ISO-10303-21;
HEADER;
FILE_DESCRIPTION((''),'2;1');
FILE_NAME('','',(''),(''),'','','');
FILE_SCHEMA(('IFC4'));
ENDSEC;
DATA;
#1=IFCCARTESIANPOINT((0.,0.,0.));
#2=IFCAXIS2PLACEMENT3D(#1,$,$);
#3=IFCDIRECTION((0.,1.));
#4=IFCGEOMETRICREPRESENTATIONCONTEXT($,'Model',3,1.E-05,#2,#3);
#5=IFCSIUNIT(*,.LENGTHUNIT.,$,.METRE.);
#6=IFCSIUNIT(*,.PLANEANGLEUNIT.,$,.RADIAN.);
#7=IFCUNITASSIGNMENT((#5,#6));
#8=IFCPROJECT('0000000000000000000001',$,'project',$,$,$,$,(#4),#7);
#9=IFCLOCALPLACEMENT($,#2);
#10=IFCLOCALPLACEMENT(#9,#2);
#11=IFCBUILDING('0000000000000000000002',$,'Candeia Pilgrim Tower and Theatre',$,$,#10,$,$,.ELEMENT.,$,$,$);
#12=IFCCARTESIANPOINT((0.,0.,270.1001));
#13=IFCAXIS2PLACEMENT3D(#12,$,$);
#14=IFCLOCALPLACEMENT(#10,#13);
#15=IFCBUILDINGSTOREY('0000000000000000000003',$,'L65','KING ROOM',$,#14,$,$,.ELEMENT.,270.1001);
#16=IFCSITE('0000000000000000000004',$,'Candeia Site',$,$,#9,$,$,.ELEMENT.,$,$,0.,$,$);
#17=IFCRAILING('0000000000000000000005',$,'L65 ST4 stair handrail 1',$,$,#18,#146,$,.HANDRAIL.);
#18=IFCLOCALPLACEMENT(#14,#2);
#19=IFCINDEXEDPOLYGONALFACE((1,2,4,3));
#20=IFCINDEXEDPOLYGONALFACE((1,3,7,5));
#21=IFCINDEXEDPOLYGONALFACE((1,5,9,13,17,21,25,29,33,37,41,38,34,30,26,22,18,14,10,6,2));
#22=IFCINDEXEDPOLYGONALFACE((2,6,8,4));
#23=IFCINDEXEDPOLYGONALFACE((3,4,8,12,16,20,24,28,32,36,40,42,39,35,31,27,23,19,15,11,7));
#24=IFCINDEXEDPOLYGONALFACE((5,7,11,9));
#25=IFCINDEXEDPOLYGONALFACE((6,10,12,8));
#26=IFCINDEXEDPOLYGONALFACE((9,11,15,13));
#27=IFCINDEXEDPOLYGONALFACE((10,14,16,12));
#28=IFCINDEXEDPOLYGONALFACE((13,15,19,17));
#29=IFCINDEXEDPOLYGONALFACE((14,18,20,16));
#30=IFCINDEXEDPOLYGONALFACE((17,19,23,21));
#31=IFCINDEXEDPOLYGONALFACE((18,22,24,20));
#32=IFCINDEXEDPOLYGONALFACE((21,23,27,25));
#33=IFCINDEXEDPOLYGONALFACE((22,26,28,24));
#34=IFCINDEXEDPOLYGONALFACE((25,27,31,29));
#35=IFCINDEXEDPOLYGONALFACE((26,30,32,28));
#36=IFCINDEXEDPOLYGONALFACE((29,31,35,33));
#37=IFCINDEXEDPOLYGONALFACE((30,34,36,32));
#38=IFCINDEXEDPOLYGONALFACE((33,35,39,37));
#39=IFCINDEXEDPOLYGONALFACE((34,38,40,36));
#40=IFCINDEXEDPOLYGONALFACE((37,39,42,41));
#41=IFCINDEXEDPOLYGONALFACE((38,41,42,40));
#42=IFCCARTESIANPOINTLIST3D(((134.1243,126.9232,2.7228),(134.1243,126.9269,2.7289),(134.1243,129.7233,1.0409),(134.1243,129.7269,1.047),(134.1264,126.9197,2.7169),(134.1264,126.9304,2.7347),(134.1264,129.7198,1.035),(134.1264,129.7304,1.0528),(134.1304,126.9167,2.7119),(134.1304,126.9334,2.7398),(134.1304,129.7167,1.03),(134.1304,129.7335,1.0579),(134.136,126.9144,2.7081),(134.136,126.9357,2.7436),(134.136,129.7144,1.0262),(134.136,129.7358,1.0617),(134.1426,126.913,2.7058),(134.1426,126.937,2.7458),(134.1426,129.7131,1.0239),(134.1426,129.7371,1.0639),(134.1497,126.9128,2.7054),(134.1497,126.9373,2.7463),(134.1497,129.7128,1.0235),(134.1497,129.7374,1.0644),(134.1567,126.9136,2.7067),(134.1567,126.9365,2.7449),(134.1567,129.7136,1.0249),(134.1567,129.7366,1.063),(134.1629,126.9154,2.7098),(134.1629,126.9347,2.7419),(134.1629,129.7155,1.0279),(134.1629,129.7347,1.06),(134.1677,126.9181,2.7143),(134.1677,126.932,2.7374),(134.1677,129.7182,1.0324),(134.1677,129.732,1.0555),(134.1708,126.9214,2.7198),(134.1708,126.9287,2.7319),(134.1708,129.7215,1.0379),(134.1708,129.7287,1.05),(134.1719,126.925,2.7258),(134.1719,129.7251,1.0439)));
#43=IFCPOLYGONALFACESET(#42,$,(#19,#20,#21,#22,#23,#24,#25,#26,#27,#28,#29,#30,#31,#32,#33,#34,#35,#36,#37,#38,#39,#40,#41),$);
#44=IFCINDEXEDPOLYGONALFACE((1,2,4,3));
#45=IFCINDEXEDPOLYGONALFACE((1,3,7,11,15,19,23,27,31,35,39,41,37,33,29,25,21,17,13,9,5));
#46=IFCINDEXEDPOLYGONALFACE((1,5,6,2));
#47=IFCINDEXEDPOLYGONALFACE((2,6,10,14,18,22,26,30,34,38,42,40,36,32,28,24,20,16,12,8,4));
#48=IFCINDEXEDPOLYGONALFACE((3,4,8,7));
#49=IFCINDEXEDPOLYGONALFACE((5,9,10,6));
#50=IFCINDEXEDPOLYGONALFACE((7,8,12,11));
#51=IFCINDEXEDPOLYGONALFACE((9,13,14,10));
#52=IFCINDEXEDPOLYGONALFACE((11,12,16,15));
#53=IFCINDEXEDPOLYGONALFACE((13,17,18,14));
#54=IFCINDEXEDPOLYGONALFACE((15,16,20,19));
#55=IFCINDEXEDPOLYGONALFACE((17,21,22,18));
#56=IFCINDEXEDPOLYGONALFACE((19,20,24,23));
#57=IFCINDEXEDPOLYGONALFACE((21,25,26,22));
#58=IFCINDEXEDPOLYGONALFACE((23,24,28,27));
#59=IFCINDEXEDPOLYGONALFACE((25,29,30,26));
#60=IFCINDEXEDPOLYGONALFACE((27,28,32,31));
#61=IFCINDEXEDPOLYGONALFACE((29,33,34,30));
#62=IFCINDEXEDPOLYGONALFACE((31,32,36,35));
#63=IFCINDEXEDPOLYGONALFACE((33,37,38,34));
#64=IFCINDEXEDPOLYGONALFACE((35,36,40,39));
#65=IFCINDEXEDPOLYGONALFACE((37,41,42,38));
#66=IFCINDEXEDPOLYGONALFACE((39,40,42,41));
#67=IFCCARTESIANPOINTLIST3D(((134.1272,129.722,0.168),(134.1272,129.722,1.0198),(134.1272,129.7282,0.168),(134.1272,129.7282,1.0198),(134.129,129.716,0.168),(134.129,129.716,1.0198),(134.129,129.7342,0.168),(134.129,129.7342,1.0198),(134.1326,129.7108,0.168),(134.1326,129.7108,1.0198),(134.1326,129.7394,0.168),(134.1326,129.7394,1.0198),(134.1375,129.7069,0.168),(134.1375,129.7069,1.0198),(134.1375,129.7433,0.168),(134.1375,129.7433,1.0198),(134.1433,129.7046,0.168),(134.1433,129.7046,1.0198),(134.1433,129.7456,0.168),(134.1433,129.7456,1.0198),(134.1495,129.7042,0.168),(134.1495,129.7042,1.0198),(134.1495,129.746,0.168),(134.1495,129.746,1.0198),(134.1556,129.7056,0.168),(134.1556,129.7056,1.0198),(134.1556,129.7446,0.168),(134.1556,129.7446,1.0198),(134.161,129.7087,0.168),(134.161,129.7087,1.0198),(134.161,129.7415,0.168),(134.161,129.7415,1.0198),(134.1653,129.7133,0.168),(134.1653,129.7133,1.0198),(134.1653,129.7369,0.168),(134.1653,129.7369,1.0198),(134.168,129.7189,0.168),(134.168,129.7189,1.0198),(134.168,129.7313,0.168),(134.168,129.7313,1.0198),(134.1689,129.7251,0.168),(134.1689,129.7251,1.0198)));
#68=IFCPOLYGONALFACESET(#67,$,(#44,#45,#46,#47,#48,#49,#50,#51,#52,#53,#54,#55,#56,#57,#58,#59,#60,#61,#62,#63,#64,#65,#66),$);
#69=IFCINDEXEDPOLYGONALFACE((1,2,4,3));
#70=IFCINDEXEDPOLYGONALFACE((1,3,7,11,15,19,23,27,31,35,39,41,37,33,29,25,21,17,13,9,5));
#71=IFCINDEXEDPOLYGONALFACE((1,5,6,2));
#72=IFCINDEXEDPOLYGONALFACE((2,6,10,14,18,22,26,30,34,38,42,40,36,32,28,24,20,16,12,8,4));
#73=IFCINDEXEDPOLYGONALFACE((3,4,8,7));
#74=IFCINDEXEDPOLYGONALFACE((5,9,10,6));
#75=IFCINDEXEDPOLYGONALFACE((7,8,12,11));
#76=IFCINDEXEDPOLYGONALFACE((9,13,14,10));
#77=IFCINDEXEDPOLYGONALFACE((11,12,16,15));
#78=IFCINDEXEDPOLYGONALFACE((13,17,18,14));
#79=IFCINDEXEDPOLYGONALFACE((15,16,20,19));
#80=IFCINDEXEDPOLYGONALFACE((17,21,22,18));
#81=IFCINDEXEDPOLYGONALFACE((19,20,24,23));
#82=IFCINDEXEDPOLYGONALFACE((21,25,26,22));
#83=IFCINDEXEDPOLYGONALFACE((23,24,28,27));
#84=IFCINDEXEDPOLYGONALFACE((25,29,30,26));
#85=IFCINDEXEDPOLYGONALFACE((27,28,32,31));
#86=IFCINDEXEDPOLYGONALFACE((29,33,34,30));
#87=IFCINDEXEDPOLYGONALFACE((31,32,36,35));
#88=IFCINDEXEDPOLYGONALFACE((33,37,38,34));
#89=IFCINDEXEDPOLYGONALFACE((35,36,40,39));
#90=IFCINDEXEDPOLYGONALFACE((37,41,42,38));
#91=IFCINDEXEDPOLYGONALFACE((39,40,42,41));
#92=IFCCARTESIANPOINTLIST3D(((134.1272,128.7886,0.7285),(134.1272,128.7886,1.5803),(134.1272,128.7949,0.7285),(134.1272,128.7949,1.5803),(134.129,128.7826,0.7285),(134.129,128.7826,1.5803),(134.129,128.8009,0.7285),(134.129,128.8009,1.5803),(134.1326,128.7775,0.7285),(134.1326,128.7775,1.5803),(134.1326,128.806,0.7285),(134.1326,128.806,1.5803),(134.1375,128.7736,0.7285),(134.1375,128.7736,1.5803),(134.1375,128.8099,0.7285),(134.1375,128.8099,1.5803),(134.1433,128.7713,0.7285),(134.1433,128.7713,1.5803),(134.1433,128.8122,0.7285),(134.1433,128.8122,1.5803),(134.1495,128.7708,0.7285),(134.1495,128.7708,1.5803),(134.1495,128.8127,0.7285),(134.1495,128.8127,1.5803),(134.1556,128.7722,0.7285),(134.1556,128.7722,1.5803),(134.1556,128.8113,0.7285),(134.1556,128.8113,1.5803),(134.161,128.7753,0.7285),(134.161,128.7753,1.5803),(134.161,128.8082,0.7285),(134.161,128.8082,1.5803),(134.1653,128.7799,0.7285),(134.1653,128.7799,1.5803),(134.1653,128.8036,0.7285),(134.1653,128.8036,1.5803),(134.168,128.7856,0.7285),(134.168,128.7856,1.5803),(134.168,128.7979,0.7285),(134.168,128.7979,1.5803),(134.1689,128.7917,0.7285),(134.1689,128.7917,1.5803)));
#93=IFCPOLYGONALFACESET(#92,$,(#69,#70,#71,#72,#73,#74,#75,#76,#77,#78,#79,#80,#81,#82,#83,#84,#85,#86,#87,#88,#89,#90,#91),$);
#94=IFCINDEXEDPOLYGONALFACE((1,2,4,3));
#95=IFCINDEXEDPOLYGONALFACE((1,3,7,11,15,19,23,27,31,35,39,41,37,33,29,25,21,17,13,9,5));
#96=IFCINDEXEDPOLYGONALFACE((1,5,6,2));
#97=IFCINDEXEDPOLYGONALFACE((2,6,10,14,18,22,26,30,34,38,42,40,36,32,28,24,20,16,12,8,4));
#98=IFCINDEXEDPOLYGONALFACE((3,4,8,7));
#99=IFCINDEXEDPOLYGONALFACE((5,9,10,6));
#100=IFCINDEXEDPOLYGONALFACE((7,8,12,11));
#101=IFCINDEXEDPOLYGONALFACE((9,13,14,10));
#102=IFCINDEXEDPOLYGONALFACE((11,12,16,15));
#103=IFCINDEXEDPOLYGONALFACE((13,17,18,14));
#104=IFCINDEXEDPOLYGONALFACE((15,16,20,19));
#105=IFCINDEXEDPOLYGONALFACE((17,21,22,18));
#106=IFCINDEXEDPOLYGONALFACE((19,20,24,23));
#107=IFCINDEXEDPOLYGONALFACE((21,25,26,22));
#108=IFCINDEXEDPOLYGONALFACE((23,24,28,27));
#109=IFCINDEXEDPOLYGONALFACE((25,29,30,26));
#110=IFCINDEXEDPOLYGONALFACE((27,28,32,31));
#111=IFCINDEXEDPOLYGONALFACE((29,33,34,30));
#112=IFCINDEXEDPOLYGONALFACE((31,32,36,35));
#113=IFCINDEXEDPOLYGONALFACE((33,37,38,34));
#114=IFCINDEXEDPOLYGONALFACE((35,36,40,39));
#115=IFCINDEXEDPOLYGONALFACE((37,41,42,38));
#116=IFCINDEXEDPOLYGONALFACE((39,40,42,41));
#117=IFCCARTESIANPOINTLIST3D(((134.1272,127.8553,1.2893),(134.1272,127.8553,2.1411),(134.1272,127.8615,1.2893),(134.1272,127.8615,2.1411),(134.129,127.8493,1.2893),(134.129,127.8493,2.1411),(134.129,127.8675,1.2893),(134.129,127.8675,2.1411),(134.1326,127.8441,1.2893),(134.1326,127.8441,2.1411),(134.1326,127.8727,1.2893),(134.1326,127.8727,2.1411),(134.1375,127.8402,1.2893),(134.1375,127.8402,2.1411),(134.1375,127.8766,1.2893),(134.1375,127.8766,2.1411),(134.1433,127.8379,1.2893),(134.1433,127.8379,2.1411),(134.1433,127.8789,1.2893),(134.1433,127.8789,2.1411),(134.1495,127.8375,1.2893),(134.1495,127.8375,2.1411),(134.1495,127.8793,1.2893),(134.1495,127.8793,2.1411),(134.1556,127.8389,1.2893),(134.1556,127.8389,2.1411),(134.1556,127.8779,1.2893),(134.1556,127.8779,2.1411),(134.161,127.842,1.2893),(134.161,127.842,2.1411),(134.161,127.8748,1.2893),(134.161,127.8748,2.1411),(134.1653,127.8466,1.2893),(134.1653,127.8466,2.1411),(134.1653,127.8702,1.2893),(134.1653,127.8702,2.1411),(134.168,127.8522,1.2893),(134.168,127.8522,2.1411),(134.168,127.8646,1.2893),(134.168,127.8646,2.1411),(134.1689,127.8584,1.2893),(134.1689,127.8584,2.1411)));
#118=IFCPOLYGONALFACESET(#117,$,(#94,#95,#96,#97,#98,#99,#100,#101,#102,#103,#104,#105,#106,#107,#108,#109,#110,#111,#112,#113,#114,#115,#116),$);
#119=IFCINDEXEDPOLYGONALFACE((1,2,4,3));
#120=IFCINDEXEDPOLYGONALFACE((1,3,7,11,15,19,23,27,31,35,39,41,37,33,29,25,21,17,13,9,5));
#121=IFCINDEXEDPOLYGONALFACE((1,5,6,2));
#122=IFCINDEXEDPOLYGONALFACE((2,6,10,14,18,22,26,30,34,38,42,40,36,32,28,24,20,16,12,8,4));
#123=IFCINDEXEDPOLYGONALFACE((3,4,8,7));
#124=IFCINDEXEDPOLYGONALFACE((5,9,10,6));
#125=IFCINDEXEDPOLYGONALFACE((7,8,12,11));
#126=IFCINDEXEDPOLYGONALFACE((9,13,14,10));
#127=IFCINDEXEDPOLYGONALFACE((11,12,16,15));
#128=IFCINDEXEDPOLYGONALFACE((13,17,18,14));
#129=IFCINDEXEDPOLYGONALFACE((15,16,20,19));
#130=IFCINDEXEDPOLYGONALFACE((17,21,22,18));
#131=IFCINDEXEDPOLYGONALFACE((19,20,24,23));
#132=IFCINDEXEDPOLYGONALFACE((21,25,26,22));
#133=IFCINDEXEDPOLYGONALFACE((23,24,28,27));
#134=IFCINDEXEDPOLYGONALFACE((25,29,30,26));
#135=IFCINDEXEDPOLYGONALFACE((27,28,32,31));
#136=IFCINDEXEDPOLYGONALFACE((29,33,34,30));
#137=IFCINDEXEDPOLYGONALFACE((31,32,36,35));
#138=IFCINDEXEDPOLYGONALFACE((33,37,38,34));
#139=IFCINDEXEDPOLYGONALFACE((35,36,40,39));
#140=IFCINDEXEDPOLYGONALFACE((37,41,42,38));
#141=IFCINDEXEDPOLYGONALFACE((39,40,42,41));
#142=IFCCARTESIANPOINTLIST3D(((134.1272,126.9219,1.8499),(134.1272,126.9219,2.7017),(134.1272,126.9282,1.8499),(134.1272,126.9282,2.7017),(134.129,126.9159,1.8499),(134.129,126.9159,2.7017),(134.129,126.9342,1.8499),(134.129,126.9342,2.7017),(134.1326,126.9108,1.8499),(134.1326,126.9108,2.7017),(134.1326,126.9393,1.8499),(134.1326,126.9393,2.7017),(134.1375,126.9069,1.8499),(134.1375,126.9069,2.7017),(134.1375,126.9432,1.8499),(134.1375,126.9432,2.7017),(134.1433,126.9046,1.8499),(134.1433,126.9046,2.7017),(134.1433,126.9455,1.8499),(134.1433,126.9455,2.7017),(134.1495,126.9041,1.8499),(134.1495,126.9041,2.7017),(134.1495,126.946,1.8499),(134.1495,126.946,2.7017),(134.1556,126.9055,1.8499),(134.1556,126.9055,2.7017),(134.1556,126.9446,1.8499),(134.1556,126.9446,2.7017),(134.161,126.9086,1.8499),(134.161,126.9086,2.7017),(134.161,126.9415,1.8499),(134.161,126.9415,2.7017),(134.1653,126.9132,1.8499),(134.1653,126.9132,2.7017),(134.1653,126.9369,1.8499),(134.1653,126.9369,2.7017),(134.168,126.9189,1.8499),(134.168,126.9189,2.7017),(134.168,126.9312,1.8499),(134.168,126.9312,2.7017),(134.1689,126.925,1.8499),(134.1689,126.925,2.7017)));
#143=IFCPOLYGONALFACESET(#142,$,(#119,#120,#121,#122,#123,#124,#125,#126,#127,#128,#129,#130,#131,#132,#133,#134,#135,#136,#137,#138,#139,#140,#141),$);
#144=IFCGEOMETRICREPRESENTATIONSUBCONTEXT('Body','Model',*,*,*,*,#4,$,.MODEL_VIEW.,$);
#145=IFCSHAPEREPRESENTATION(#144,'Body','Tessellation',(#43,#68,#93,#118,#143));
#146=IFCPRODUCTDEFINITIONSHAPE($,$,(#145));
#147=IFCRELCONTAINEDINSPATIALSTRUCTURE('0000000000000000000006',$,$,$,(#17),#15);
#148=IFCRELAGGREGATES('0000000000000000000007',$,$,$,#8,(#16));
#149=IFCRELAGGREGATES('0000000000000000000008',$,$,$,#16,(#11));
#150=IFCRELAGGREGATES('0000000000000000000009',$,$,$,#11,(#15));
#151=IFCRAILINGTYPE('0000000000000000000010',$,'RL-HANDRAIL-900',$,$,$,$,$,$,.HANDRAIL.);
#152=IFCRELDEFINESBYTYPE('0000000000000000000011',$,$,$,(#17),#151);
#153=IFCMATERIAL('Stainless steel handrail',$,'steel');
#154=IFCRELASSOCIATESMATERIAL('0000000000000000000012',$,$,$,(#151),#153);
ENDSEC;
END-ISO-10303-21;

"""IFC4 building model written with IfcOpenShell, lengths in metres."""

from ifc_helpers import new_model, si_unit, direction, frame, origin, origin_2d, place, context, subcontext, project, spatial, circle, extrude, material, type_object, element, save


model = new_model("IFC4")

# Units and contexts
model_context = context("Model", 3, precision=1e-05, world=origin(), true_north=direction((0.0, 1.0)))
body_context = subcontext(model_context, "Body", "Model", "MODEL_VIEW")
ifc_project = project(units=[si_unit("LENGTHUNIT", "METRE"), si_unit("PLANEANGLEUNIT", "RADIAN")], contexts=[model_context])

# Site, building, storey
site_placement = place(None, origin())
site = spatial("IfcSite", under=ifc_project, at=site_placement, Name="Candeia Site", CompositionType="ELEMENT", RefElevation=0.0)
building_placement = place(site_placement, origin())
building = spatial("IfcBuilding", under=site, at=building_placement, Name="Candeia Pilgrim Tower and Theatre", CompositionType="ELEMENT")
storey_placement = place(building_placement, frame((0.0, 0.0, 270.1001)))
storey = spatial("IfcBuildingStorey", under=building, at=storey_placement, Name="L65", Description="KING ROOM", CompositionType="ELEMENT", Elevation=270.1001)

# Railing
ifc_material_1 = material(Name="Stainless steel handrail", Category="steel")
railing_type_1 = type_object("IfcRailingType", Name="RL-HANDRAIL-900", PredefinedType="HANDRAIL", material=ifc_material_1)
railing_1_placement = place(storey_placement, frame((134.1479, 129.7251, 0.168)))
element("IfcRailing", 1, at=railing_1_placement, inside=storey, type_object=railing_type_1, Name="L65 ST4 stair handrail 1", PredefinedType="HANDRAIL", context=body_context, shape_type="SweptSolid", body=[
    extrude(circle(Radius=0.0239, at=origin_2d()), frame((0.0, 0.0, 0.876), z_axis=(0.0, -0.857242, 0.514913), x_axis=(1.0, 0.0, 0.0)), (0.0, 0.0, 1.0), 3.2664),
    extrude(circle(Radius=0.021, at=origin_2d()), origin(), (0.0, 0.0, 1.0), 0.8518),
    extrude(circle(Radius=0.021, at=origin_2d()), frame((0.0, -0.9333, 0.5605)), (0.0, 0.0, 1.0), 0.8518),
    extrude(circle(Radius=0.021, at=origin_2d()), frame((0.0, -1.8667, 1.1213)), (0.0, 0.0, 1.0), 0.8518),
    extrude(circle(Radius=0.021, at=origin_2d()), frame((0.0, -2.8, 1.6819)), (0.0, 0.0, 1.0), 0.8518),
])

save(model, "model.ifc")
